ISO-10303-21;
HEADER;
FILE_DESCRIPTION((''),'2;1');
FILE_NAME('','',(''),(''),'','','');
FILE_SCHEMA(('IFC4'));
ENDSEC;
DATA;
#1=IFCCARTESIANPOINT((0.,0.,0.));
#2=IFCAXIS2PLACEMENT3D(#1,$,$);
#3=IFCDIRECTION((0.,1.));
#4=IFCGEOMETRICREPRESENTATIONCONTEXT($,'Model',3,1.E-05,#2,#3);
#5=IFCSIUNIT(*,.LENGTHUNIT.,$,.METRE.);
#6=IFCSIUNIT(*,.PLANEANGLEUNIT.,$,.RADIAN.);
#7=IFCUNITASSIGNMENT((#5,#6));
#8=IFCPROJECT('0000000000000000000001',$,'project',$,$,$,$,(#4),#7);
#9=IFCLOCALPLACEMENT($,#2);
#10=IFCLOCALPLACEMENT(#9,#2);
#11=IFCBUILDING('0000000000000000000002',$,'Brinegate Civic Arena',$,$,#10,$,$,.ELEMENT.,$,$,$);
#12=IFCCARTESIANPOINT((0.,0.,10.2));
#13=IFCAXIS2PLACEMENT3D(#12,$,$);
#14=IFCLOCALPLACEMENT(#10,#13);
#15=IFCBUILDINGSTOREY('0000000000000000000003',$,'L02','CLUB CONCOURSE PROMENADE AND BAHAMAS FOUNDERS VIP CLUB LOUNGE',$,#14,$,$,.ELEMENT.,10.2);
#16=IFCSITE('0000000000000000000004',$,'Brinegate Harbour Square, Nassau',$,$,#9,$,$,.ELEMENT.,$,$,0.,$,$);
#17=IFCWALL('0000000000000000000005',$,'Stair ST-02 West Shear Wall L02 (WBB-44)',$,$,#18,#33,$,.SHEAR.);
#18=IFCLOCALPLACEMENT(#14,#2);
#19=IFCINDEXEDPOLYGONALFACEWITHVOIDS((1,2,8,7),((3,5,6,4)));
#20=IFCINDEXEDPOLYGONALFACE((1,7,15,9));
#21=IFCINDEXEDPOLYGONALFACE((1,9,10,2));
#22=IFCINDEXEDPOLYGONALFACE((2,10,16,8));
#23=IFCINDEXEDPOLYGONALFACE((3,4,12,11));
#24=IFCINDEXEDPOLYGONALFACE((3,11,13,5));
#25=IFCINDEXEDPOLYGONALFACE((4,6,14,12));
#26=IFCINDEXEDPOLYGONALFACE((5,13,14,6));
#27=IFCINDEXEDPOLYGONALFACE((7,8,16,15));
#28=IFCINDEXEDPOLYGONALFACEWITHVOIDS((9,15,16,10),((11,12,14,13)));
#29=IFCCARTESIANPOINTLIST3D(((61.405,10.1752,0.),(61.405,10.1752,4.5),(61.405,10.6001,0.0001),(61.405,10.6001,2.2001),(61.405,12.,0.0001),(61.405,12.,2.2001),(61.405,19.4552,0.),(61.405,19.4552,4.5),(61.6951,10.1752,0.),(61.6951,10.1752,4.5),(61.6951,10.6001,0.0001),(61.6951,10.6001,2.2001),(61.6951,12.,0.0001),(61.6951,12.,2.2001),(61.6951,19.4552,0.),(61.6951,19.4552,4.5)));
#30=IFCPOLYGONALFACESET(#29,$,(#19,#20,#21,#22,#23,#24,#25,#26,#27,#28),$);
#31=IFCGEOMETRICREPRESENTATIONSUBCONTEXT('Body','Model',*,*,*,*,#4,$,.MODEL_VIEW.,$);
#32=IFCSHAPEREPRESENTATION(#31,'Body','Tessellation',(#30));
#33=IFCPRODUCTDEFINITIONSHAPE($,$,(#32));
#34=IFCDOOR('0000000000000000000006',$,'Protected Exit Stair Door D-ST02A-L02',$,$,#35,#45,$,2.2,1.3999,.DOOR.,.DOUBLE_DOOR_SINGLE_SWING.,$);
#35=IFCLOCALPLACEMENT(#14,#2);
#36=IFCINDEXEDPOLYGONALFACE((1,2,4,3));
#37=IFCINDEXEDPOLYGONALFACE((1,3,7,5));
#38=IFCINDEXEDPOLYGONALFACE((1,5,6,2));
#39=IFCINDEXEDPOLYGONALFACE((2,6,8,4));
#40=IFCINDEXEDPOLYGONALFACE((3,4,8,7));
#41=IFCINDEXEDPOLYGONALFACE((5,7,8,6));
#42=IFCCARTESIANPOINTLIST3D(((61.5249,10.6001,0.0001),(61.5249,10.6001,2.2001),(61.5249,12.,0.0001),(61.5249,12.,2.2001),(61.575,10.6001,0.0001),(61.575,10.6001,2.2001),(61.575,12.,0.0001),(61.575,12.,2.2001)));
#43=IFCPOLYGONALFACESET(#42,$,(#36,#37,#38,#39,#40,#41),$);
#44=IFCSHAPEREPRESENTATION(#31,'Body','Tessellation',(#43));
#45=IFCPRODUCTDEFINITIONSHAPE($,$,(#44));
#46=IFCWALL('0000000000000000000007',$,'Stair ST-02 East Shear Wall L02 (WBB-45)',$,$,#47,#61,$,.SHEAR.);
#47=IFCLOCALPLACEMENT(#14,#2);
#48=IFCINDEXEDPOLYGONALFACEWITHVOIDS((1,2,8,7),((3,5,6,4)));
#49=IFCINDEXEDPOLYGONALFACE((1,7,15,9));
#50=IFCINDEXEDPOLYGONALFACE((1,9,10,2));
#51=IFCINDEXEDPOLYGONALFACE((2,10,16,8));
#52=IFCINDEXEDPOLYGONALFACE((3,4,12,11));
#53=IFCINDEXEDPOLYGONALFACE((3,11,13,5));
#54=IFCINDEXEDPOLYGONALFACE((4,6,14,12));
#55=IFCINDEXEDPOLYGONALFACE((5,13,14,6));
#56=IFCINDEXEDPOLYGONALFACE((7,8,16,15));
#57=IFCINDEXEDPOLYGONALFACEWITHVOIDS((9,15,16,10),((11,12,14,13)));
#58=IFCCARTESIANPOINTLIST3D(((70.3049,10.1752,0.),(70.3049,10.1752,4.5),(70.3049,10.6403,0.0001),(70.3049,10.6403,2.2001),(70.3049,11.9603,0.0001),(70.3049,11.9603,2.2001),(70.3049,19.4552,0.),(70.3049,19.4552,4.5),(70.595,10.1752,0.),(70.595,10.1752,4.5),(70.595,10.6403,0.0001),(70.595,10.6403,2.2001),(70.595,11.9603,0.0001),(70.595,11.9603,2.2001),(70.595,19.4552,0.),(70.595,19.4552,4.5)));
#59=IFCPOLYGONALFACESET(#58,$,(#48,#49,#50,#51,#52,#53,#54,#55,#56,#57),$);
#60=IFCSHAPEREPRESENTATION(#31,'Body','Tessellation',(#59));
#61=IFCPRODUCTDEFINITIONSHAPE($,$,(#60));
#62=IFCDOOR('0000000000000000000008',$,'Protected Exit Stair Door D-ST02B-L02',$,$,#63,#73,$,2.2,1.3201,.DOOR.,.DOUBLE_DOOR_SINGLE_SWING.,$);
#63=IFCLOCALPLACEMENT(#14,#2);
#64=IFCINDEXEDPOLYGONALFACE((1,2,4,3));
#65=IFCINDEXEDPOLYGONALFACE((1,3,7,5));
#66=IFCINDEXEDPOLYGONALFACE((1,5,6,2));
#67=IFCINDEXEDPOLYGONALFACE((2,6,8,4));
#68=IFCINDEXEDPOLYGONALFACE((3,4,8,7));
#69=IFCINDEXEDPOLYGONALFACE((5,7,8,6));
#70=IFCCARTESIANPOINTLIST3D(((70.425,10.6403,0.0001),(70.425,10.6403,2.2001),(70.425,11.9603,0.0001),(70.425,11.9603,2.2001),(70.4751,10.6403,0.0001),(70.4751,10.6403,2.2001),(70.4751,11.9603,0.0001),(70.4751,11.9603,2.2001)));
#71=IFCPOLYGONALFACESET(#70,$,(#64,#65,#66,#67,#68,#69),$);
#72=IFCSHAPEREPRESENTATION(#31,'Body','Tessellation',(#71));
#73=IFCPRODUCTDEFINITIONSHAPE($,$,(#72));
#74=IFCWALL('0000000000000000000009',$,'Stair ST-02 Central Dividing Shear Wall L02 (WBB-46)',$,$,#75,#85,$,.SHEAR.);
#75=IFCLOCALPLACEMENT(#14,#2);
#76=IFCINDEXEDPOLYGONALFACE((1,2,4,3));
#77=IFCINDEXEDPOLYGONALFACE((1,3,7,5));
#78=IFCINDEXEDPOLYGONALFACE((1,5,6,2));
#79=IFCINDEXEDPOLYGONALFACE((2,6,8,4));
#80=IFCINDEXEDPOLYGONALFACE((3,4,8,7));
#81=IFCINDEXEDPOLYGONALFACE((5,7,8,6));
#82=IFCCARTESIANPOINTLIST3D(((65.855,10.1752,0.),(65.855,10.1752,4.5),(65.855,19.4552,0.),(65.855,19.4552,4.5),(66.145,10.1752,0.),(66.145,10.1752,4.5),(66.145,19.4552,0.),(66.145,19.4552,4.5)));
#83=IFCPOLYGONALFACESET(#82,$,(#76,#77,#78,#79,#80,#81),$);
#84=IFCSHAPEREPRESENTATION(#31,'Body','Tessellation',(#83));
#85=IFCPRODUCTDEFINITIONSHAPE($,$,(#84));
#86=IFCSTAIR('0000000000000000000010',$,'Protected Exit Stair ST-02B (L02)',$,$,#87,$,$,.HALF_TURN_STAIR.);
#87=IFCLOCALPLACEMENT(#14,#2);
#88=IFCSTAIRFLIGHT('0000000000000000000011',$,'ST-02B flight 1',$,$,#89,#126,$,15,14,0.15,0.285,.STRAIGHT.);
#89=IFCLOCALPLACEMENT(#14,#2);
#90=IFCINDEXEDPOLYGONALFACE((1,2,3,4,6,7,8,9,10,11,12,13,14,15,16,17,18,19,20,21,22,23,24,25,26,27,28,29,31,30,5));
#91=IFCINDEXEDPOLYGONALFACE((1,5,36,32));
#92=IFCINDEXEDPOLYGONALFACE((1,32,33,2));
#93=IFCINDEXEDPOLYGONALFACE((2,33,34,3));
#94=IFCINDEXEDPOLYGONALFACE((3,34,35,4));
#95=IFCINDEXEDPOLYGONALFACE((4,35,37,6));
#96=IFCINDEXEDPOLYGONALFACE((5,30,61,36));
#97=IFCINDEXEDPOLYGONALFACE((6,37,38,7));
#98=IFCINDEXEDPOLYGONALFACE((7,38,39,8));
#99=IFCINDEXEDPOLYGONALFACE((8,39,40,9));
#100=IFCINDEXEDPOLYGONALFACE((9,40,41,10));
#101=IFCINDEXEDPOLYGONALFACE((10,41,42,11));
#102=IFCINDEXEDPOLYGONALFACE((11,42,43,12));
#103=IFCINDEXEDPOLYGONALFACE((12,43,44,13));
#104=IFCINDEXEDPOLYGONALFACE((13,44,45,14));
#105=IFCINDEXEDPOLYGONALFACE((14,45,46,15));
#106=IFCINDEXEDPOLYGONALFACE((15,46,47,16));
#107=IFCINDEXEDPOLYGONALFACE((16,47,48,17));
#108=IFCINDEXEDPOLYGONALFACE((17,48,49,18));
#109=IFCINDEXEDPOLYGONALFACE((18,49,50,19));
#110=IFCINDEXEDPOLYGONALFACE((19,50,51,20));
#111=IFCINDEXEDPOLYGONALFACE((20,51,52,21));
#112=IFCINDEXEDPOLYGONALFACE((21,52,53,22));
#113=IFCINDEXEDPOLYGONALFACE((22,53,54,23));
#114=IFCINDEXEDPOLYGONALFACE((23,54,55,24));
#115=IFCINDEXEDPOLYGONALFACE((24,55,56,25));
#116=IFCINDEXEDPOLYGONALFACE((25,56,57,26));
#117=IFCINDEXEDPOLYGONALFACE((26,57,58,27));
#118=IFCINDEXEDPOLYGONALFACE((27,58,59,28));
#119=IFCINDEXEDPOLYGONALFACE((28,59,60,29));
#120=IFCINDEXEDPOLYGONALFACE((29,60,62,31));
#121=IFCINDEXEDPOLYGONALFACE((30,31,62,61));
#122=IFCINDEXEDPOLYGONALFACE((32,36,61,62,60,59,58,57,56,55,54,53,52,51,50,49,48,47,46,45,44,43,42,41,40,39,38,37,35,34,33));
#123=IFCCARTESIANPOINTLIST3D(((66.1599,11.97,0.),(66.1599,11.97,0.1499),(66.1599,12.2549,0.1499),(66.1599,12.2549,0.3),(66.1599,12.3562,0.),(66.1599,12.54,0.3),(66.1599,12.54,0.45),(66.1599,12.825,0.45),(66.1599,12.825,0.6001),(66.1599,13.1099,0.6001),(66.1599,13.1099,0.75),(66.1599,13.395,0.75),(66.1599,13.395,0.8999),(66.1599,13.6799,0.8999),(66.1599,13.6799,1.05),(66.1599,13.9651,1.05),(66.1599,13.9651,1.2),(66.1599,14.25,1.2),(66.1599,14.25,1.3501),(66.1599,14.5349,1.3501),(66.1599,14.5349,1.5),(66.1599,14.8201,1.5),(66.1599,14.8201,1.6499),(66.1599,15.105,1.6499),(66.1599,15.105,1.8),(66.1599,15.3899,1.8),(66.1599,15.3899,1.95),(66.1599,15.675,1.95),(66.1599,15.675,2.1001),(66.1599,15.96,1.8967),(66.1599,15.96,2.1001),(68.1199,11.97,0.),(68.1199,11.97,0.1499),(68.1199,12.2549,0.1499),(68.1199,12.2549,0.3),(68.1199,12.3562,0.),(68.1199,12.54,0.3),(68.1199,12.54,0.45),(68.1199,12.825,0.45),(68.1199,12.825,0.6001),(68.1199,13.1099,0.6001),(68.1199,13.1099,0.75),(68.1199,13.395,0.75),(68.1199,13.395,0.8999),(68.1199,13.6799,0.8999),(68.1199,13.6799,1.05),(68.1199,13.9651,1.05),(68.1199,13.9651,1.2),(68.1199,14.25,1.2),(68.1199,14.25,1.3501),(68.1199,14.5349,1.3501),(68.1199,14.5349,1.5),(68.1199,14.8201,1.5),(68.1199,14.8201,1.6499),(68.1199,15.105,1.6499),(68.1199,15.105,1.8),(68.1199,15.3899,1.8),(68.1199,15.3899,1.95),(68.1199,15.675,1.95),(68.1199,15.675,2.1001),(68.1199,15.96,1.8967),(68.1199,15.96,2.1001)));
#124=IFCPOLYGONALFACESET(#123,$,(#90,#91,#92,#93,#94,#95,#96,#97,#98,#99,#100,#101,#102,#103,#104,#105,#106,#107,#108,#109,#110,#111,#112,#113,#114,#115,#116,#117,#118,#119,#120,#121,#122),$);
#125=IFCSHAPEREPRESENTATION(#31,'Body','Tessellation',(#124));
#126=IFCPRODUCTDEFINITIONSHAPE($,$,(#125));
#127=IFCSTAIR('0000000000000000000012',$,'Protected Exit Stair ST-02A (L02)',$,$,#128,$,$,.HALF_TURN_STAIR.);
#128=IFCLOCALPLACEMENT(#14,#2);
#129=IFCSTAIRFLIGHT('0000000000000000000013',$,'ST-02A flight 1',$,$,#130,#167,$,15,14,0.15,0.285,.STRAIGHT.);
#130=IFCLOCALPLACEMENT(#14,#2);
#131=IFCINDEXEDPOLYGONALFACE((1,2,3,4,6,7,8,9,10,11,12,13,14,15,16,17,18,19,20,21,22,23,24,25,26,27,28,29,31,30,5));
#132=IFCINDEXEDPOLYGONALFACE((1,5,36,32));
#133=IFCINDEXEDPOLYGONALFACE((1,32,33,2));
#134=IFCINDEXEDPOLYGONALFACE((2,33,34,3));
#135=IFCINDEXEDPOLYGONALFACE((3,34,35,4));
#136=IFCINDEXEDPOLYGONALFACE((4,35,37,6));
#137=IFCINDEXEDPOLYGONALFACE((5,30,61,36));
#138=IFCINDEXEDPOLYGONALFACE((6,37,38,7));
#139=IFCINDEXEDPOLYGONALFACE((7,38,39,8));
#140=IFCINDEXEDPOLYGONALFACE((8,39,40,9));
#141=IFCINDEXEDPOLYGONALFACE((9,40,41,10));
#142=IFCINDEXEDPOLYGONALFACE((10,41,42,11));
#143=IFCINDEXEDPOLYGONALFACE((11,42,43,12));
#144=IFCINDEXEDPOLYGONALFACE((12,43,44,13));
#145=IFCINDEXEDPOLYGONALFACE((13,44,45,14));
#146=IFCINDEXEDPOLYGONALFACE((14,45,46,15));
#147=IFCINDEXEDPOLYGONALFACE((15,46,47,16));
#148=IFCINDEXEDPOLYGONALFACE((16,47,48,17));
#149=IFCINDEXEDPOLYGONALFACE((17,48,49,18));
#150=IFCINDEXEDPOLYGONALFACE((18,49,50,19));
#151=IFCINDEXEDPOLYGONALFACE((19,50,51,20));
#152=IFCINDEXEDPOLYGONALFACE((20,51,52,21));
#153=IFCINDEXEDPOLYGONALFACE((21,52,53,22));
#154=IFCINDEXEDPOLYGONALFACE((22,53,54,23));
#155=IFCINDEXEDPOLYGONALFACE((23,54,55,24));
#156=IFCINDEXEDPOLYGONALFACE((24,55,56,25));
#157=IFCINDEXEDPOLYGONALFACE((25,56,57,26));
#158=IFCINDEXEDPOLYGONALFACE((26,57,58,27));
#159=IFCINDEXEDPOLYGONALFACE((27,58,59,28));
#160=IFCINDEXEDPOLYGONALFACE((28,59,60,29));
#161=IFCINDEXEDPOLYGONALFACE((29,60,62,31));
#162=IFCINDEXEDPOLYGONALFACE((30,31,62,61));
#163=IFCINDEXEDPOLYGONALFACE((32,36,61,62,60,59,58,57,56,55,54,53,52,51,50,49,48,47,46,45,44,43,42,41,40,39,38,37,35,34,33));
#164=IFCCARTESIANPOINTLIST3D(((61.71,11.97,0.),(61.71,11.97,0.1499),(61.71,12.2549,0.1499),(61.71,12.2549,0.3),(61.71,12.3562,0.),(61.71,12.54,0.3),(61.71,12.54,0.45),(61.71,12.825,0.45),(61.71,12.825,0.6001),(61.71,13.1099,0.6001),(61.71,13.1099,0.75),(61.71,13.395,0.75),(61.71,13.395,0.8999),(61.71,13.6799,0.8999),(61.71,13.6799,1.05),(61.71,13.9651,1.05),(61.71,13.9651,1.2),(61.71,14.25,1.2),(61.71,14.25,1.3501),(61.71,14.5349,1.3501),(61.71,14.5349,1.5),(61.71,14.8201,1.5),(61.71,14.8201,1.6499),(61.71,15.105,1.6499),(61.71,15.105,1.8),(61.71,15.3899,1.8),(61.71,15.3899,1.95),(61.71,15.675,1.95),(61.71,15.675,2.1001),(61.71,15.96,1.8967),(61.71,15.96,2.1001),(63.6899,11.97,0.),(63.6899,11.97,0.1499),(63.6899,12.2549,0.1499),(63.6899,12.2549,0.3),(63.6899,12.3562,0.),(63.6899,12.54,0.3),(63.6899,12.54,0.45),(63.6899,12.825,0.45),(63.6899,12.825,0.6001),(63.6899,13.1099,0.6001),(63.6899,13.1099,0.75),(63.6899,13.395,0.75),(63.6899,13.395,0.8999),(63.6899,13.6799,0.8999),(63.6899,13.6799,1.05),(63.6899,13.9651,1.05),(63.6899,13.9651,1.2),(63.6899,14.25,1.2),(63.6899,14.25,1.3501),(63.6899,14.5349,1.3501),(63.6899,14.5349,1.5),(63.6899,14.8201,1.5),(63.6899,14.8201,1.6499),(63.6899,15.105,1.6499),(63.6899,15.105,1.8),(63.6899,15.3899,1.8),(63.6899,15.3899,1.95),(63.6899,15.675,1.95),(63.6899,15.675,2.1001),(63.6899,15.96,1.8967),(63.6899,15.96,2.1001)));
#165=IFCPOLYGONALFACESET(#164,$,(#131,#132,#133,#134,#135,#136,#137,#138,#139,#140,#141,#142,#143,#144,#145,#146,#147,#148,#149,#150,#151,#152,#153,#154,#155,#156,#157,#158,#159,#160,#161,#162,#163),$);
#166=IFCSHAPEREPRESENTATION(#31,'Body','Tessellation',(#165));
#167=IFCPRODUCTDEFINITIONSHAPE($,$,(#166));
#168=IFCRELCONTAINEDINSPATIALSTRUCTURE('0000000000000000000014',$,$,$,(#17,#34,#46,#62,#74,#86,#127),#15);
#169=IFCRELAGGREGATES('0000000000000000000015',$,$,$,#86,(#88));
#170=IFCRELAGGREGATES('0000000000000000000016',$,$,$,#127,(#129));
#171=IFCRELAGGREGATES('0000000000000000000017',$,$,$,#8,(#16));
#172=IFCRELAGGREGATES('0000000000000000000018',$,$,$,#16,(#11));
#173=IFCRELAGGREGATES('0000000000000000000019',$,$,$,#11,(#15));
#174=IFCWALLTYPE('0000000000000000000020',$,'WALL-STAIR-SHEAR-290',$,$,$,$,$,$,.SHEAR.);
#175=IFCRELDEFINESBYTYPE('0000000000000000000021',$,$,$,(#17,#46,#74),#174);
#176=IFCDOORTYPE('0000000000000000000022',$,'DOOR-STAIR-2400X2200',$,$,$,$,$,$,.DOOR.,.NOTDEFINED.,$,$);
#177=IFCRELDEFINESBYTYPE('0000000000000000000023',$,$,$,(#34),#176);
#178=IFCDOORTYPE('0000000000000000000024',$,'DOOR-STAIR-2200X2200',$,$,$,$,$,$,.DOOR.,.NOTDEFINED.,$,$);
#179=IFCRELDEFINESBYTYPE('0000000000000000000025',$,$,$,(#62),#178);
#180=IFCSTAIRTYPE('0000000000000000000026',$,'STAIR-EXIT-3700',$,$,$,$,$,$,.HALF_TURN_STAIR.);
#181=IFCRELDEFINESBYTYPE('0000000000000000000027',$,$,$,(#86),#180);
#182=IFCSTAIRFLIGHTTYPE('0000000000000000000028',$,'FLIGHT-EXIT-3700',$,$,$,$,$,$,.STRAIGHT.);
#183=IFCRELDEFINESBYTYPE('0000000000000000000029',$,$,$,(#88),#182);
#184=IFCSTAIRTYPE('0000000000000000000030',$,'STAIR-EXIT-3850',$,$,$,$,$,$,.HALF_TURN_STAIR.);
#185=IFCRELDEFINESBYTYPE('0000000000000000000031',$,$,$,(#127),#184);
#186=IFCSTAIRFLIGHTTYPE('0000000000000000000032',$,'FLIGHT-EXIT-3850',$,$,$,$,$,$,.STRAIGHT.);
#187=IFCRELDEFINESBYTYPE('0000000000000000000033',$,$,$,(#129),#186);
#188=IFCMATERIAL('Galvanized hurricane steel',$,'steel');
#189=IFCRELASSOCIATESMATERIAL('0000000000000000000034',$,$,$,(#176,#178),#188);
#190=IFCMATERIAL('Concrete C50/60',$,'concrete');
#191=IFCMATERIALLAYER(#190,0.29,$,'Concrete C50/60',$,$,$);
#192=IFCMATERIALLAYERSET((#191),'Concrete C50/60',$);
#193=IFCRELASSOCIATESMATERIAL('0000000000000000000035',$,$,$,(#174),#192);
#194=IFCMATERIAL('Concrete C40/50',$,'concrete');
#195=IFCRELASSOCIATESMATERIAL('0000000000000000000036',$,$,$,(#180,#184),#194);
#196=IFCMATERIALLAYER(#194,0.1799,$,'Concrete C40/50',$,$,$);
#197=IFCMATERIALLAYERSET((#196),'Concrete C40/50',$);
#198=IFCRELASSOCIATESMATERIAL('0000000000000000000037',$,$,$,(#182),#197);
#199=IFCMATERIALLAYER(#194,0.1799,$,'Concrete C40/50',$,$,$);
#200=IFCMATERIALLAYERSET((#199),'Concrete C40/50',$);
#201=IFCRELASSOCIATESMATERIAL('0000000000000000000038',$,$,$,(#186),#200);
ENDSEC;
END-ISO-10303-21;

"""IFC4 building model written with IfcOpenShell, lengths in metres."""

from ifc_helpers import new_model, si_unit, direction, frame, frame_2d, origin, place, context, subcontext, project, spatial, polyline, rectangle, outline, extrude, material, layer, layer_set, type_object, element, fill, aggregate, save


model = new_model("IFC4")

# Units and contexts
model_context = context("Model", 3, precision=1e-05, world=origin(), true_north=direction((0.0, 1.0)))
body_context = subcontext(model_context, "Body", "Model", "MODEL_VIEW")
ifc_project = project(units=[si_unit("LENGTHUNIT", "METRE"), si_unit("PLANEANGLEUNIT", "RADIAN")], contexts=[model_context])

# Site, building, storey
site_placement = place(None, origin())
site = spatial("IfcSite", under=ifc_project, at=site_placement, Name="Brinegate Harbour Square, Nassau", CompositionType="ELEMENT", RefElevation=0.0)
building_placement = place(site_placement, origin())
building = spatial("IfcBuilding", under=site, at=building_placement, Name="Brinegate Civic Arena", CompositionType="ELEMENT")
storey_placement = place(building_placement, frame((0.0, 0.0, 10.2)))
storey = spatial("IfcBuildingStorey", under=building, at=storey_placement, Name="L02", Description="CLUB CONCOURSE PROMENADE AND BAHAMAS FOUNDERS VIP CLUB LOUNGE", CompositionType="ELEMENT", Elevation=10.2)

# Shared definitions
ifc_material_1 = material(Name="Concrete C50/60", Category="concrete")

# Shared definitions
ifc_material_2 = material(Name="Galvanized hurricane steel", Category="steel")
door_type_1 = type_object("IfcDoorType", Name="DOOR-STAIR-2400X2200", OperationType="NOTDEFINED", PredefinedType="DOOR", material=ifc_material_2)

# Walls, openings, doors
ifc_layer_1 = layer(ifc_material_1, 0.29, Name="Concrete C50/60")
ifc_layer_set_1 = layer_set([ifc_layer_1], Name="Concrete C50/60")
wall_type_1 = type_object("IfcWallType", Name="WALL-STAIR-SHEAR-290", PredefinedType="SHEAR", material=ifc_layer_set_1)
wall_1_placement = place(storey_placement, frame((61.55, 10.175, 0.0), z_axis=(0.0, 0.0, 1.0), x_axis=(0.0, 1.0, 0.0)))
wall_1 = element("IfcWall", 1, at=wall_1_placement, inside=storey, type_object=wall_type_1, Name="Stair ST-02 West Shear Wall L02 (WBB-44)", PredefinedType="SHEAR", context=body_context, shape_type="SweptSolid", body=[
    extrude(rectangle(XDim=9.28, YDim=0.29, at=frame_2d((4.6401, 0.0))), origin(), (0.0, 0.0, 1.0), 4.5),
])
opening_1_placement = place(wall_1_placement, frame((0.425, 0.0, 0.0)))
opening_1 = element("IfcOpeningElement", 2, at=opening_1_placement, cuts=wall_1, PredefinedType="OPENING", context=body_context, shape_type="SweptSolid", body=[
    extrude(rectangle(XDim=1.3999, YDim=2.2, at=frame_2d((0.7, 1.1001))), frame((0.0, 0.155, 0.0), z_axis=(0.0, -1.0, 0.0), x_axis=(1.0, 0.0, 0.0)), (0.0, 0.0, 1.0), 0.3101),
])
door_1_placement = place(opening_1_placement, frame((1.3999, 0.0, 0.0), z_axis=(0.0, 0.0, 1.0), x_axis=(-1.0, 0.0, 0.0)))
door_1 = element("IfcDoor", 3, at=door_1_placement, inside=storey, type_object=door_type_1, Name="Protected Exit Stair Door D-ST02A-L02", OperationType="DOUBLE_DOOR_SINGLE_SWING", OverallHeight=2.2, OverallWidth=1.3999, PredefinedType="DOOR", context=body_context, shape_type="SweptSolid", body=[
    extrude(rectangle(XDim=1.3999, YDim=2.2, at=frame_2d((0.7, 1.1001))), frame((0.0, 0.0249, 0.0), z_axis=(0.0, -1.0, 0.0), x_axis=(1.0, 0.0, 0.0)), (0.0, 0.0, 1.0), 0.05),
])
fill(opening_1, door_1)
wall_2_placement = place(storey_placement, frame((70.45, 10.175, 0.0), z_axis=(0.0, 0.0, 1.0), x_axis=(0.0, 1.0, 0.0)))
wall_2 = element("IfcWall", 4, at=wall_2_placement, inside=storey, type_object=wall_type_1, Name="Stair ST-02 East Shear Wall L02 (WBB-45)", PredefinedType="SHEAR", context=body_context, shape_type="SweptSolid", body=[
    extrude(rectangle(XDim=9.28, YDim=0.29, at=frame_2d((4.6401, 0.0))), origin(), (0.0, 0.0, 1.0), 4.5),
])
opening_2_placement = place(wall_2_placement, frame((0.4651, 0.0, 0.0)))
opening_2 = element("IfcOpeningElement", 5, at=opening_2_placement, cuts=wall_2, PredefinedType="OPENING", context=body_context, shape_type="SweptSolid", body=[
    extrude(rectangle(XDim=1.3201, YDim=2.2, at=frame_2d((0.6602, 1.1001))), frame((0.0, 0.155, 0.0), z_axis=(0.0, -1.0, 0.0), x_axis=(1.0, 0.0, 0.0)), (0.0, 0.0, 1.0), 0.3101),
])
door_type_2 = type_object("IfcDoorType", Name="DOOR-STAIR-2200X2200", OperationType="NOTDEFINED", PredefinedType="DOOR", material=ifc_material_2)
door_2_placement = place(opening_2_placement, origin())
door_2 = element("IfcDoor", 6, at=door_2_placement, inside=storey, type_object=door_type_2, Name="Protected Exit Stair Door D-ST02B-L02", OperationType="DOUBLE_DOOR_SINGLE_SWING", OverallHeight=2.2, OverallWidth=1.3201, PredefinedType="DOOR", context=body_context, shape_type="SweptSolid", body=[
    extrude(rectangle(XDim=1.3201, YDim=2.2, at=frame_2d((0.6602, 1.1001))), frame((0.0, 0.0249, 0.0), z_axis=(0.0, -1.0, 0.0), x_axis=(1.0, 0.0, 0.0)), (0.0, 0.0, 1.0), 0.05),
])
fill(opening_2, door_2)

# Wall
wall_3_placement = place(storey_placement, frame((66.0, 10.175, 0.0), z_axis=(0.0, 0.0, 1.0), x_axis=(0.0, 1.0, 0.0)))
element("IfcWall", 7, at=wall_3_placement, inside=storey, type_object=wall_type_1, Name="Stair ST-02 Central Dividing Shear Wall L02 (WBB-46)", PredefinedType="SHEAR", context=body_context, shape_type="SweptSolid", body=[
    extrude(rectangle(XDim=9.28, YDim=0.29, at=frame_2d((4.6401, 0.0))), origin(), (0.0, 0.0, 1.0), 4.5),
])

# Stairs, stair flights
ifc_material_3 = material(Name="Concrete C40/50", Category="concrete")
stair_type_1 = type_object("IfcStairType", Name="STAIR-EXIT-3700", PredefinedType="HALF_TURN_STAIR", material=ifc_material_3)
stair_1_placement = place(storey_placement, origin())
stair_1 = element("IfcStair", 8, at=stair_1_placement, inside=storey, type_object=stair_type_1, Name="Protected Exit Stair ST-02B (L02)", PredefinedType="HALF_TURN_STAIR")
ifc_layer_2 = layer(ifc_material_3, 0.1799, Name="Concrete C40/50")
ifc_layer_set_2 = layer_set([ifc_layer_2], Name="Concrete C40/50")
stair_flight_type_1 = type_object("IfcStairFlightType", Name="FLIGHT-EXIT-3700", PredefinedType="STRAIGHT", material=ifc_layer_set_2)
stair_flight_1_placement = place(storey_placement, frame((67.1399, 11.97, 0.0), z_axis=(0.0, 0.0, 1.0), x_axis=(0.0, 1.0, 0.0)))
stair_flight_1 = element("IfcStairFlight", 9, at=stair_flight_1_placement, type_object=stair_flight_type_1, Name="ST-02B flight 1", NumberOfRisers=15, NumberOfTreads=14, PredefinedType="STRAIGHT", RiserHeight=0.15, TreadLength=0.285, context=body_context, shape_type="SweptSolid", body=[
    extrude(outline(polyline([(0.0, 0.0), (0.0, 0.1499), (0.2849, 0.1499), (0.2849, 0.3), (0.5701, 0.3), (0.5701, 0.45), (0.855, 0.45), (0.855, 0.6001), (1.1399, 0.6001), (1.1399, 0.75), (1.425, 0.75), (1.425, 0.8999), (1.71, 0.8999), (1.71, 1.05), (1.9951, 1.05), (1.9951, 1.2), (2.28, 1.2), (2.28, 1.3501), (2.5649, 1.3501), (2.5649, 1.5), (2.8501, 1.5), (2.8501, 1.6499), (3.135, 1.6499), (3.135, 1.8), (3.4199, 1.8), (3.4199, 1.95), (3.7051, 1.95), (3.7051, 2.1001), (3.99, 2.1001), (3.99, 2.25), (3.99, 1.8967), (0.3862, 0.0), (0.0, 0.0)])), frame((0.0, 0.98, 0.0), z_axis=(0.0, -1.0, 0.0), x_axis=(1.0, 0.0, 0.0)), (0.0, 0.0, 1.0), 1.96),
])
aggregate(stair_1, [stair_flight_1])
stair_type_2 = type_object("IfcStairType", Name="STAIR-EXIT-3850", PredefinedType="HALF_TURN_STAIR", material=ifc_material_3)
stair_2_placement = place(storey_placement, origin())
stair_2 = element("IfcStair", 10, at=stair_2_placement, inside=storey, type_object=stair_type_2, Name="Protected Exit Stair ST-02A (L02)", PredefinedType="HALF_TURN_STAIR")
ifc_layer_3 = layer(ifc_material_3, 0.1799, Name="Concrete C40/50")
ifc_layer_set_3 = layer_set([ifc_layer_3], Name="Concrete C40/50")
stair_flight_type_2 = type_object("IfcStairFlightType", Name="FLIGHT-EXIT-3850", PredefinedType="STRAIGHT", material=ifc_layer_set_3)
stair_flight_2_placement = place(storey_placement, frame((62.7, 11.97, 0.0), z_axis=(0.0, 0.0, 1.0), x_axis=(0.0, 1.0, 0.0)))
stair_flight_2 = element("IfcStairFlight", 11, at=stair_flight_2_placement, type_object=stair_flight_type_2, Name="ST-02A flight 1", NumberOfRisers=15, NumberOfTreads=14, PredefinedType="STRAIGHT", RiserHeight=0.15, TreadLength=0.285, context=body_context, shape_type="SweptSolid", body=[
    extrude(outline(polyline([(0.0, 0.0), (0.0, 0.1499), (0.2849, 0.1499), (0.2849, 0.3), (0.5701, 0.3), (0.5701, 0.45), (0.855, 0.45), (0.855, 0.6001), (1.1399, 0.6001), (1.1399, 0.75), (1.425, 0.75), (1.425, 0.8999), (1.71, 0.8999), (1.71, 1.05), (1.9951, 1.05), (1.9951, 1.2), (2.28, 1.2), (2.28, 1.3501), (2.5649, 1.3501), (2.5649, 1.5), (2.8501, 1.5), (2.8501, 1.6499), (3.135, 1.6499), (3.135, 1.8), (3.4199, 1.8), (3.4199, 1.95), (3.7051, 1.95), (3.7051, 2.1001), (3.99, 2.1001), (3.99, 2.25), (3.99, 1.8967), (0.3862, 0.0), (0.0, 0.0)])), frame((0.0, 0.99, 0.0), z_axis=(0.0, -1.0, 0.0), x_axis=(1.0, 0.0, 0.0)), (0.0, 0.0, 1.0), 1.98),
])
aggregate(stair_2, [stair_flight_2])

save(model, "model.ifc")
